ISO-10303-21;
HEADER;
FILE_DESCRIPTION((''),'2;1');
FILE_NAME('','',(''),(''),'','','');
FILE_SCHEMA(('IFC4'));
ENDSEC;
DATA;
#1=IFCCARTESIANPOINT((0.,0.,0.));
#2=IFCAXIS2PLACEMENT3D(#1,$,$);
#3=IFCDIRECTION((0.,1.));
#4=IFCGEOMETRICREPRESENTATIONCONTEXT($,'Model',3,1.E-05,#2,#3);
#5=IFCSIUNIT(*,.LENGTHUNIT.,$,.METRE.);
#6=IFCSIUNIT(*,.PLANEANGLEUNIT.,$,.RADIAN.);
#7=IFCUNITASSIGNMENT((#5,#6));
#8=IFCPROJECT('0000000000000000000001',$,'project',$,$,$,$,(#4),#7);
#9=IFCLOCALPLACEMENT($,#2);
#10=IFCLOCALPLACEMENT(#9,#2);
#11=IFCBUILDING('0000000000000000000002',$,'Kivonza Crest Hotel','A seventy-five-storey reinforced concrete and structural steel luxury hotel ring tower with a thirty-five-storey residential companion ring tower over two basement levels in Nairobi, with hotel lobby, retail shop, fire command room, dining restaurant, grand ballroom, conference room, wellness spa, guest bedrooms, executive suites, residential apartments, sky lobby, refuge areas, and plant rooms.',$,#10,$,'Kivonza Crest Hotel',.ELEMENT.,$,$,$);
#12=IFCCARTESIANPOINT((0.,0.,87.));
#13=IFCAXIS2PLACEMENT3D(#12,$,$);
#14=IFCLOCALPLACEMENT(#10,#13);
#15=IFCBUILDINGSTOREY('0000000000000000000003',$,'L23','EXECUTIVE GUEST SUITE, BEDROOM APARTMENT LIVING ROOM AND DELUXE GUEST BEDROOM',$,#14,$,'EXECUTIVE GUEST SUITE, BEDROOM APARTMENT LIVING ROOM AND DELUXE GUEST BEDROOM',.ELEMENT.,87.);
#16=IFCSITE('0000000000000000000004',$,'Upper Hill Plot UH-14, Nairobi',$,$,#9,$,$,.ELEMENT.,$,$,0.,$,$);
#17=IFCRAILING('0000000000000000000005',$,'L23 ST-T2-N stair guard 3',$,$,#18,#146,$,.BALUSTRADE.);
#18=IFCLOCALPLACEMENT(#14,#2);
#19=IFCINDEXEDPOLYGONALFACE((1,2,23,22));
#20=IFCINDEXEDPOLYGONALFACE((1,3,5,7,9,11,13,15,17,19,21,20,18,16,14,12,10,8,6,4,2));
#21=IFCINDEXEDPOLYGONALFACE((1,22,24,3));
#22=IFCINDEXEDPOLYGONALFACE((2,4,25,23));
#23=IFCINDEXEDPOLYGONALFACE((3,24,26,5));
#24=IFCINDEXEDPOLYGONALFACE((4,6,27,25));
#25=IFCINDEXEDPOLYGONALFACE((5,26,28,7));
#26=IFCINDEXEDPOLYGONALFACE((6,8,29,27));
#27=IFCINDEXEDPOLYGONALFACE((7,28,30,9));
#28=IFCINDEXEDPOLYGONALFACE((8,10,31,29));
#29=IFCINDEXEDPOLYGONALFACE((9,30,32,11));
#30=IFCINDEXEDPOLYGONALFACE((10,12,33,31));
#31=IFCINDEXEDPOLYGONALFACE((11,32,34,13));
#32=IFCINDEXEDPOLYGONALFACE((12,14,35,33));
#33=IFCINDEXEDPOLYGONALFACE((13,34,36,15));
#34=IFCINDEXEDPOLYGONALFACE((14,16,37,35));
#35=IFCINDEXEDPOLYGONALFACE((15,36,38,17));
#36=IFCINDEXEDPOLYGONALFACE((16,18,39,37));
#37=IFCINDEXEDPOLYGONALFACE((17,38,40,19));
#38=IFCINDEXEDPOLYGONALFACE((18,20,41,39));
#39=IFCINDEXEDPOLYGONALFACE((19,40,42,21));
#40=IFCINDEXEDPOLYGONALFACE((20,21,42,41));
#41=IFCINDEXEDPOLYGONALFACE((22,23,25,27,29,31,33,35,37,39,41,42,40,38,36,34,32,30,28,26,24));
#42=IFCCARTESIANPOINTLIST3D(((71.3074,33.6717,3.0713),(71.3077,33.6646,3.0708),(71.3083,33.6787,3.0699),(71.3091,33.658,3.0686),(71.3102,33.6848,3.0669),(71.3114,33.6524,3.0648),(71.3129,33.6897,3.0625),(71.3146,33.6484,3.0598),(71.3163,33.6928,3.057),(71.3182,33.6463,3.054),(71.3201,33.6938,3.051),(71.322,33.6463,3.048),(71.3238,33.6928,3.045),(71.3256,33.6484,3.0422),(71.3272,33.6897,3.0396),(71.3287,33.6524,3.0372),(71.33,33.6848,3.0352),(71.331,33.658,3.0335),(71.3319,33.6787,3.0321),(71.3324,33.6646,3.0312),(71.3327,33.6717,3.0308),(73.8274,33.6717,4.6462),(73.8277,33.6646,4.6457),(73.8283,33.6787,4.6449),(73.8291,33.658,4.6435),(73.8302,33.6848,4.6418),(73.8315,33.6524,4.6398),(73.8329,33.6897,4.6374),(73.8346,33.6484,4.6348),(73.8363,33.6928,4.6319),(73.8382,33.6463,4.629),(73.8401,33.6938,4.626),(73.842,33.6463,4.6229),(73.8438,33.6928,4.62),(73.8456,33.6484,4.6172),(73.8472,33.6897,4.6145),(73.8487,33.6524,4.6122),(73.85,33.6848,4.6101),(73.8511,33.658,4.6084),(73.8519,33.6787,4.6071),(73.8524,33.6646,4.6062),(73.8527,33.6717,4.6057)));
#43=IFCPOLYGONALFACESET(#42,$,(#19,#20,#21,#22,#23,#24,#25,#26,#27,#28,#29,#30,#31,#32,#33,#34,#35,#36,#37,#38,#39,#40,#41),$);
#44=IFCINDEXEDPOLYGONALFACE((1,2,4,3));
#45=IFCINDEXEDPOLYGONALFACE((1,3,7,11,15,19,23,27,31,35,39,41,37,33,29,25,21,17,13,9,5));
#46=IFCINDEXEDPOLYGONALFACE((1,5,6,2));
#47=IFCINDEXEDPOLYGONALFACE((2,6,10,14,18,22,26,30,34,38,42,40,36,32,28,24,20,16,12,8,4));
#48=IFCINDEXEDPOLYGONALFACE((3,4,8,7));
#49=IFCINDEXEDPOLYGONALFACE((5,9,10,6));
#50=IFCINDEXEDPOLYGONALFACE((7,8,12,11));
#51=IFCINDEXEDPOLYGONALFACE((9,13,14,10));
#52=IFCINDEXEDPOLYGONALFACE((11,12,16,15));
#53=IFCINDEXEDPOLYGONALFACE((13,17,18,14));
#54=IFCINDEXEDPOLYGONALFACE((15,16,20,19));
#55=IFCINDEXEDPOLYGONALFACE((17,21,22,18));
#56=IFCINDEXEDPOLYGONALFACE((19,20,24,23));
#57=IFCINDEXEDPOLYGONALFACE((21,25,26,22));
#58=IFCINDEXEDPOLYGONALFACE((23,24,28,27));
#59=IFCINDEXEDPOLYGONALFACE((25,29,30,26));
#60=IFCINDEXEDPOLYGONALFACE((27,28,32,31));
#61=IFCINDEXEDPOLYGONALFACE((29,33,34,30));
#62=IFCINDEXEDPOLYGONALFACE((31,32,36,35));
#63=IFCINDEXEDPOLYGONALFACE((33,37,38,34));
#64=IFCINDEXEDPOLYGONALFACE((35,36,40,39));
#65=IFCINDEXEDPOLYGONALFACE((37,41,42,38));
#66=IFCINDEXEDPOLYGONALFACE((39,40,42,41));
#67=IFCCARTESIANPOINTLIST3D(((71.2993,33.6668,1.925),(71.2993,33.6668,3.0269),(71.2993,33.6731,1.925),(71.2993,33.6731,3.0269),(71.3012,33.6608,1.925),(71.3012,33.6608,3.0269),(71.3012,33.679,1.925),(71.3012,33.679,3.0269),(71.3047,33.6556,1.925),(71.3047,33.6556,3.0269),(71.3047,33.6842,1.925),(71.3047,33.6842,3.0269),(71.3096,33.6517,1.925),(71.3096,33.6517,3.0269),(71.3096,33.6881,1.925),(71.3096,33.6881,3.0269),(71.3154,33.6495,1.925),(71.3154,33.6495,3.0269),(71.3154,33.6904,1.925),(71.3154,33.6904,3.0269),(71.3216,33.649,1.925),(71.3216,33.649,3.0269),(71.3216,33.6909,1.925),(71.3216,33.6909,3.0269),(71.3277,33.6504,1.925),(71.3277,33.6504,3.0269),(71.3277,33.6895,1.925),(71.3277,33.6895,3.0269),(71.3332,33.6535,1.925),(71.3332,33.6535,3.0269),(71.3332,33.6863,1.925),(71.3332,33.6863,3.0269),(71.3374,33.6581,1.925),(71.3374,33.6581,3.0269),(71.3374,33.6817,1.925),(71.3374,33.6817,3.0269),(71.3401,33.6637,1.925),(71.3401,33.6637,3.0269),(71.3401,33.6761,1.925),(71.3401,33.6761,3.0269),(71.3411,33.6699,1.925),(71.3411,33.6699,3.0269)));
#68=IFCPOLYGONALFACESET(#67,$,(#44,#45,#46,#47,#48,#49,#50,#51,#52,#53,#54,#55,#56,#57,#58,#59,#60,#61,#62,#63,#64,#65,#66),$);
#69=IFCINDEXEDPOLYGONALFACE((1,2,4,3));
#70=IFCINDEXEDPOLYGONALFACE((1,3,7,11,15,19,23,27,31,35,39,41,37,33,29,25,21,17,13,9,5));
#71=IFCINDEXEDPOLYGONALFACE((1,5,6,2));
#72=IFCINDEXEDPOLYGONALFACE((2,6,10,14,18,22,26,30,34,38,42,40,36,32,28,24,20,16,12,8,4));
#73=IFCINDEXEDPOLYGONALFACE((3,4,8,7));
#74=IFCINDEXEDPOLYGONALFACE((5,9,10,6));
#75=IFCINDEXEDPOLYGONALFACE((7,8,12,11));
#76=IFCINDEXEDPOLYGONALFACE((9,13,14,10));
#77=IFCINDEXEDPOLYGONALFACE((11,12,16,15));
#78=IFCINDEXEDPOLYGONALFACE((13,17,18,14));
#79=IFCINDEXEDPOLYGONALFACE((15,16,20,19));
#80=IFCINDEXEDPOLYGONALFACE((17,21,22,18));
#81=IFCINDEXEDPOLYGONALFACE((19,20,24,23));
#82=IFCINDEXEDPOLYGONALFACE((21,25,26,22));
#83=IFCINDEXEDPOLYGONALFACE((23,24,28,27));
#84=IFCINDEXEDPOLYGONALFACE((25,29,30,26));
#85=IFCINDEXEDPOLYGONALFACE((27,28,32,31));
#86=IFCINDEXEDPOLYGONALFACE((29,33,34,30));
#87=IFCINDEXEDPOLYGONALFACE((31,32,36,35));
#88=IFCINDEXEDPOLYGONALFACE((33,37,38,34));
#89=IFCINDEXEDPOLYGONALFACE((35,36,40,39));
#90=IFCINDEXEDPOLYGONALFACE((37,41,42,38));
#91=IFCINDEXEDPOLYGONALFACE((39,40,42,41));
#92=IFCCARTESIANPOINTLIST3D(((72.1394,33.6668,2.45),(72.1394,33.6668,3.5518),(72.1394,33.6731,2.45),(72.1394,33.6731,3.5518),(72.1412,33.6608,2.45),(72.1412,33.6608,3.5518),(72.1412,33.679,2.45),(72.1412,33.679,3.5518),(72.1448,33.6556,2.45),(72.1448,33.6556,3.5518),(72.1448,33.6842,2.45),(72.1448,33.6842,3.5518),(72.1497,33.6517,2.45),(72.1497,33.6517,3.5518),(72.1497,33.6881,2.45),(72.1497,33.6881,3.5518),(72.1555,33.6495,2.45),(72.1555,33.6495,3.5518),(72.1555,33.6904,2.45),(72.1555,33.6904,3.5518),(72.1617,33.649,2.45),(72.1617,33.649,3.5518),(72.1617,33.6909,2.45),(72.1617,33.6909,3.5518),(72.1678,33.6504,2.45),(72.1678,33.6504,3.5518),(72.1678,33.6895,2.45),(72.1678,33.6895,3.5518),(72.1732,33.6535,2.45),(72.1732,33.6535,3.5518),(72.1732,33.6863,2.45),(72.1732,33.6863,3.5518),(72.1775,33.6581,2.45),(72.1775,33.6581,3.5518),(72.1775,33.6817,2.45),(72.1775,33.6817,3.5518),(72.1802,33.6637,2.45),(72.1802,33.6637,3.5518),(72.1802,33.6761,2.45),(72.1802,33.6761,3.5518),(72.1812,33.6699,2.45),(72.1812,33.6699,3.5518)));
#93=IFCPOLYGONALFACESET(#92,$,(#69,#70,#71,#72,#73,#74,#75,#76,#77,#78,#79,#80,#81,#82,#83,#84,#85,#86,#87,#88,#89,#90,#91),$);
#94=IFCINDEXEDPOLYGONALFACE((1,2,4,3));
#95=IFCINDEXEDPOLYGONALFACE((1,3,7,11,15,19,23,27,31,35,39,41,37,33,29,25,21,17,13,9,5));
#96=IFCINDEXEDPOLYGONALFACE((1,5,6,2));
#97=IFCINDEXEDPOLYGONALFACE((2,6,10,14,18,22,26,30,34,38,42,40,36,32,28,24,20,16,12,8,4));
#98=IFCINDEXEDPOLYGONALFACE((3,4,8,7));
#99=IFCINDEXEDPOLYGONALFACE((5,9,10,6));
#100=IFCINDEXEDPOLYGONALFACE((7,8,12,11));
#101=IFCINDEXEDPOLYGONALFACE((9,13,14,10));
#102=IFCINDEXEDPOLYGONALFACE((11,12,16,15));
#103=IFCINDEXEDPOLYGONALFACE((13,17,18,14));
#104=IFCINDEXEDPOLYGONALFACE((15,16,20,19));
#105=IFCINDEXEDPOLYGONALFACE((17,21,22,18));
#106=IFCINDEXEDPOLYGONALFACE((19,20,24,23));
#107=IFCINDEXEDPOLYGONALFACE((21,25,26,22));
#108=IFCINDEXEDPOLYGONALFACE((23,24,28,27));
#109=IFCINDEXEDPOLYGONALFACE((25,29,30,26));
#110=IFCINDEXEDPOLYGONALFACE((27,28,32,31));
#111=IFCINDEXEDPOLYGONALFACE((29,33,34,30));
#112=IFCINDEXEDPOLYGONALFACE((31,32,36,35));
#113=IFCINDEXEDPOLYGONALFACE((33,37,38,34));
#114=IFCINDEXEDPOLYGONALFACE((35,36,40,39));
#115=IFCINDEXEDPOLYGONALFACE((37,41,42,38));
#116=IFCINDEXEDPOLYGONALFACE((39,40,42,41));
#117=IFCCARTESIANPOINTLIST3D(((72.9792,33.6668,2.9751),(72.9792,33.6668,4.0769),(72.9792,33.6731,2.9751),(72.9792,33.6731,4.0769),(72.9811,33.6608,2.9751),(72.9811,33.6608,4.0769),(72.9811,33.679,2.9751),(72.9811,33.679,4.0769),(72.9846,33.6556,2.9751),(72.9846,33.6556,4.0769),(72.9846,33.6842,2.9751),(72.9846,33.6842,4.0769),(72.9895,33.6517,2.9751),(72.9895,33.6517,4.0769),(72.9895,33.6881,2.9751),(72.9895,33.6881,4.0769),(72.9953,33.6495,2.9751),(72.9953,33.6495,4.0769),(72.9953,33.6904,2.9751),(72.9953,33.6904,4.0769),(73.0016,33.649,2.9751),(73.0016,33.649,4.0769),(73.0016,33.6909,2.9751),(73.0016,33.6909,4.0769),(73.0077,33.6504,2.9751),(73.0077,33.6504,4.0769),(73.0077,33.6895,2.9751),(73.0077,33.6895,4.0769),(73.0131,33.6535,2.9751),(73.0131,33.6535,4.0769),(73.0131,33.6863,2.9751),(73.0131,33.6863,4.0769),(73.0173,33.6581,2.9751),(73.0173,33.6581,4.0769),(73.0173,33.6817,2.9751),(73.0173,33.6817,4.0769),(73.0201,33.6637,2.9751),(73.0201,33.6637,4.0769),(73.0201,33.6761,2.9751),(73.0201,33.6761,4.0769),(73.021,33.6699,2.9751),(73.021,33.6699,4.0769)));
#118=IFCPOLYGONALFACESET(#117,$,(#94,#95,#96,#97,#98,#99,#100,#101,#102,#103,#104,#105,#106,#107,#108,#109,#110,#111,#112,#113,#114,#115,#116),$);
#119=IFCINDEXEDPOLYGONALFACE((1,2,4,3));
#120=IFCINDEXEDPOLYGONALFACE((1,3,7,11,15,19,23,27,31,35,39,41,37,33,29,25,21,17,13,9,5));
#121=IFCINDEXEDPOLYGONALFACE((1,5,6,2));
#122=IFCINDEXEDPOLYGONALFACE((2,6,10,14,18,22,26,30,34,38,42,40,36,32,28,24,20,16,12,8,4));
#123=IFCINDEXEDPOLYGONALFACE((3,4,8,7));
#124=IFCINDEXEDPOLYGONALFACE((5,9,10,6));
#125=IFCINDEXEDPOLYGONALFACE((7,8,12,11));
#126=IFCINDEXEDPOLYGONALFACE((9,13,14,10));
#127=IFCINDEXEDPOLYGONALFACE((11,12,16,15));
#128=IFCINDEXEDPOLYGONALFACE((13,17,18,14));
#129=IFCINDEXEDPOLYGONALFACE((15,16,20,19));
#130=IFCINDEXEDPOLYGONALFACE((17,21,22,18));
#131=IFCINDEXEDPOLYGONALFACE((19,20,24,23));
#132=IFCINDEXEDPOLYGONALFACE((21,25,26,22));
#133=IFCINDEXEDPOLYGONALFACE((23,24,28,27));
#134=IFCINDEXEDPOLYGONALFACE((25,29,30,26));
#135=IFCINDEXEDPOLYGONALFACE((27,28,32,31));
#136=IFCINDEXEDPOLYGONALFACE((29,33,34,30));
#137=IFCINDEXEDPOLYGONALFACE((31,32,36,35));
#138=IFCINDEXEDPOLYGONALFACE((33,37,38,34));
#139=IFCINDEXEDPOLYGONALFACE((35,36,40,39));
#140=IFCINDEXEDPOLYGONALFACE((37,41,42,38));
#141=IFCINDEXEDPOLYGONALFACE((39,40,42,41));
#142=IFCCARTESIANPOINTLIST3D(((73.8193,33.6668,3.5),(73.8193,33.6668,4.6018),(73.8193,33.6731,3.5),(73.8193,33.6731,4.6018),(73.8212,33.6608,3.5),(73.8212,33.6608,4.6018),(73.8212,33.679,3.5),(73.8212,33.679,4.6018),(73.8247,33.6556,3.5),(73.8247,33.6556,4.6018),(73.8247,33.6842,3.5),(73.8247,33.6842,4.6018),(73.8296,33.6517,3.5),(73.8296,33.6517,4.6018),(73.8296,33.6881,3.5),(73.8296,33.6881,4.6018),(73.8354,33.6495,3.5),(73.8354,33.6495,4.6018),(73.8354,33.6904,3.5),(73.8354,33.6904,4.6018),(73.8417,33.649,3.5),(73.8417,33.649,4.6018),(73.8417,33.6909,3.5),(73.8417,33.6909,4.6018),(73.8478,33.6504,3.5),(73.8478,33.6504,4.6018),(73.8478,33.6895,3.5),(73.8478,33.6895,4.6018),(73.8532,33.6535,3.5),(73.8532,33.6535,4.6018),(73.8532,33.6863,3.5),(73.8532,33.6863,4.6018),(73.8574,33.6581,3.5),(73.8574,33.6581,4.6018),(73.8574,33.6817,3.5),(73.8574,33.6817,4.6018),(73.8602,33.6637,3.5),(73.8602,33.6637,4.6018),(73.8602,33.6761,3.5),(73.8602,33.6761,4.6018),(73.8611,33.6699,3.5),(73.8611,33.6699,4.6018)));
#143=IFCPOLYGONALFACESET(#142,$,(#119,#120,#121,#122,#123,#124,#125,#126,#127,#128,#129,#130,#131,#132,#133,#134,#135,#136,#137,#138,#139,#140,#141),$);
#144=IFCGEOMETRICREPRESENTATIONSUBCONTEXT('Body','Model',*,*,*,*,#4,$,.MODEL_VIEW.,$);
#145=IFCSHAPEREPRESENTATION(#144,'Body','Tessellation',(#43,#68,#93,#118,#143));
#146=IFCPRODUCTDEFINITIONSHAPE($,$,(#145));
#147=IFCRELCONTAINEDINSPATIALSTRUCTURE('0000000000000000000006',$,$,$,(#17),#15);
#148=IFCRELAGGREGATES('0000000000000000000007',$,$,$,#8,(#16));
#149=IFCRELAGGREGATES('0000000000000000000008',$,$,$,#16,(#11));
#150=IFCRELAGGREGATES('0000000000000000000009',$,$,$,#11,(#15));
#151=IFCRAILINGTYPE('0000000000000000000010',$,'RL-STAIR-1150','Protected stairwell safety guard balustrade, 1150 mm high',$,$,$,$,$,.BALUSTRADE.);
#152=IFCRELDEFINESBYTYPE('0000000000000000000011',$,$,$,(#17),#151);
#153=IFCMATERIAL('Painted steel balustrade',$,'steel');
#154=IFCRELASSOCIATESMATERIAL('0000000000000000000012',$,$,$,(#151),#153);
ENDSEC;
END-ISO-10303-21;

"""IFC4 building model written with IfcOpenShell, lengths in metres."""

from ifc_helpers import new_model, si_unit, direction, frame, origin, origin_2d, place, context, subcontext, project, spatial, circle, extrude, material, type_object, element, save


model = new_model("IFC4")

# Units and contexts
model_context = context("Model", 3, precision=1e-05, world=origin(), true_north=direction((0.0, 1.0)))
body_context = subcontext(model_context, "Body", "Model", "MODEL_VIEW")
ifc_project = project(units=[si_unit("LENGTHUNIT", "METRE"), si_unit("PLANEANGLEUNIT", "RADIAN")], contexts=[model_context])

# Site, building, storey
site_placement = place(None, origin())
site = spatial("IfcSite", under=ifc_project, at=site_placement, Name="Upper Hill Plot UH-14, Nairobi", CompositionType="ELEMENT", RefElevation=0.0)
building_placement = place(site_placement, origin())
building = spatial("IfcBuilding", under=site, at=building_placement, Name="Kivonza Crest Hotel", Description="A seventy-five-storey reinforced concrete and structural steel luxury hotel ring tower with a thirty-five-storey residential companion ring tower over two basement levels in Nairobi, with hotel lobby, retail shop, fire command room, dining restaurant, grand ballroom, conference room, wellness spa, guest bedrooms, executive suites, residential apartments, sky lobby, refuge areas, and plant rooms.", LongName="Kivonza Crest Hotel", CompositionType="ELEMENT")
storey_placement = place(building_placement, frame((0.0, 0.0, 87.0)))
storey = spatial("IfcBuildingStorey", under=building, at=storey_placement, Name="L23", Description="EXECUTIVE GUEST SUITE, BEDROOM APARTMENT LIVING ROOM AND DELUXE GUEST BEDROOM", LongName="EXECUTIVE GUEST SUITE, BEDROOM APARTMENT LIVING ROOM AND DELUXE GUEST BEDROOM", CompositionType="ELEMENT", Elevation=87.0)

# Railing
ifc_material_1 = material(Name="Painted steel balustrade", Category="steel")
railing_type_1 = type_object("IfcRailingType", Name="RL-STAIR-1150", Description="Protected stairwell safety guard balustrade, 1150 mm high", PredefinedType="BALUSTRADE", material=ifc_material_1)
railing_1_placement = place(storey_placement, frame((71.3201, 33.6699, 1.925)))
element("IfcRailing", 1, at=railing_1_placement, inside=storey, type_object=railing_type_1, Name="L23 ST-T2-N stair guard 3", PredefinedType="BALUSTRADE", context=body_context, shape_type="SweptSolid", body=[
    extrude(circle(Radius=0.0239, at=origin_2d()), frame((0.0, 0.0, 1.126), z_axis=(0.848008, 0.0, 0.529984), x_axis=(0.0, 1.0, 0.0)), (0.0, 0.0, 1.0), 2.9717),
    extrude(circle(Radius=0.021, at=origin_2d()), origin(), (0.0, 0.0, 1.0), 1.1018),
    extrude(circle(Radius=0.021, at=origin_2d()), frame((0.8401, 0.0, 0.5249)), (0.0, 0.0, 1.0), 1.1018),
    extrude(circle(Radius=0.021, at=origin_2d()), frame((1.6799, 0.0, 1.05)), (0.0, 0.0, 1.0), 1.1018),
    extrude(circle(Radius=0.021, at=origin_2d()), frame((2.52, 0.0, 1.575)), (0.0, 0.0, 1.0), 1.1018),
])

save(model, "model.ifc")
